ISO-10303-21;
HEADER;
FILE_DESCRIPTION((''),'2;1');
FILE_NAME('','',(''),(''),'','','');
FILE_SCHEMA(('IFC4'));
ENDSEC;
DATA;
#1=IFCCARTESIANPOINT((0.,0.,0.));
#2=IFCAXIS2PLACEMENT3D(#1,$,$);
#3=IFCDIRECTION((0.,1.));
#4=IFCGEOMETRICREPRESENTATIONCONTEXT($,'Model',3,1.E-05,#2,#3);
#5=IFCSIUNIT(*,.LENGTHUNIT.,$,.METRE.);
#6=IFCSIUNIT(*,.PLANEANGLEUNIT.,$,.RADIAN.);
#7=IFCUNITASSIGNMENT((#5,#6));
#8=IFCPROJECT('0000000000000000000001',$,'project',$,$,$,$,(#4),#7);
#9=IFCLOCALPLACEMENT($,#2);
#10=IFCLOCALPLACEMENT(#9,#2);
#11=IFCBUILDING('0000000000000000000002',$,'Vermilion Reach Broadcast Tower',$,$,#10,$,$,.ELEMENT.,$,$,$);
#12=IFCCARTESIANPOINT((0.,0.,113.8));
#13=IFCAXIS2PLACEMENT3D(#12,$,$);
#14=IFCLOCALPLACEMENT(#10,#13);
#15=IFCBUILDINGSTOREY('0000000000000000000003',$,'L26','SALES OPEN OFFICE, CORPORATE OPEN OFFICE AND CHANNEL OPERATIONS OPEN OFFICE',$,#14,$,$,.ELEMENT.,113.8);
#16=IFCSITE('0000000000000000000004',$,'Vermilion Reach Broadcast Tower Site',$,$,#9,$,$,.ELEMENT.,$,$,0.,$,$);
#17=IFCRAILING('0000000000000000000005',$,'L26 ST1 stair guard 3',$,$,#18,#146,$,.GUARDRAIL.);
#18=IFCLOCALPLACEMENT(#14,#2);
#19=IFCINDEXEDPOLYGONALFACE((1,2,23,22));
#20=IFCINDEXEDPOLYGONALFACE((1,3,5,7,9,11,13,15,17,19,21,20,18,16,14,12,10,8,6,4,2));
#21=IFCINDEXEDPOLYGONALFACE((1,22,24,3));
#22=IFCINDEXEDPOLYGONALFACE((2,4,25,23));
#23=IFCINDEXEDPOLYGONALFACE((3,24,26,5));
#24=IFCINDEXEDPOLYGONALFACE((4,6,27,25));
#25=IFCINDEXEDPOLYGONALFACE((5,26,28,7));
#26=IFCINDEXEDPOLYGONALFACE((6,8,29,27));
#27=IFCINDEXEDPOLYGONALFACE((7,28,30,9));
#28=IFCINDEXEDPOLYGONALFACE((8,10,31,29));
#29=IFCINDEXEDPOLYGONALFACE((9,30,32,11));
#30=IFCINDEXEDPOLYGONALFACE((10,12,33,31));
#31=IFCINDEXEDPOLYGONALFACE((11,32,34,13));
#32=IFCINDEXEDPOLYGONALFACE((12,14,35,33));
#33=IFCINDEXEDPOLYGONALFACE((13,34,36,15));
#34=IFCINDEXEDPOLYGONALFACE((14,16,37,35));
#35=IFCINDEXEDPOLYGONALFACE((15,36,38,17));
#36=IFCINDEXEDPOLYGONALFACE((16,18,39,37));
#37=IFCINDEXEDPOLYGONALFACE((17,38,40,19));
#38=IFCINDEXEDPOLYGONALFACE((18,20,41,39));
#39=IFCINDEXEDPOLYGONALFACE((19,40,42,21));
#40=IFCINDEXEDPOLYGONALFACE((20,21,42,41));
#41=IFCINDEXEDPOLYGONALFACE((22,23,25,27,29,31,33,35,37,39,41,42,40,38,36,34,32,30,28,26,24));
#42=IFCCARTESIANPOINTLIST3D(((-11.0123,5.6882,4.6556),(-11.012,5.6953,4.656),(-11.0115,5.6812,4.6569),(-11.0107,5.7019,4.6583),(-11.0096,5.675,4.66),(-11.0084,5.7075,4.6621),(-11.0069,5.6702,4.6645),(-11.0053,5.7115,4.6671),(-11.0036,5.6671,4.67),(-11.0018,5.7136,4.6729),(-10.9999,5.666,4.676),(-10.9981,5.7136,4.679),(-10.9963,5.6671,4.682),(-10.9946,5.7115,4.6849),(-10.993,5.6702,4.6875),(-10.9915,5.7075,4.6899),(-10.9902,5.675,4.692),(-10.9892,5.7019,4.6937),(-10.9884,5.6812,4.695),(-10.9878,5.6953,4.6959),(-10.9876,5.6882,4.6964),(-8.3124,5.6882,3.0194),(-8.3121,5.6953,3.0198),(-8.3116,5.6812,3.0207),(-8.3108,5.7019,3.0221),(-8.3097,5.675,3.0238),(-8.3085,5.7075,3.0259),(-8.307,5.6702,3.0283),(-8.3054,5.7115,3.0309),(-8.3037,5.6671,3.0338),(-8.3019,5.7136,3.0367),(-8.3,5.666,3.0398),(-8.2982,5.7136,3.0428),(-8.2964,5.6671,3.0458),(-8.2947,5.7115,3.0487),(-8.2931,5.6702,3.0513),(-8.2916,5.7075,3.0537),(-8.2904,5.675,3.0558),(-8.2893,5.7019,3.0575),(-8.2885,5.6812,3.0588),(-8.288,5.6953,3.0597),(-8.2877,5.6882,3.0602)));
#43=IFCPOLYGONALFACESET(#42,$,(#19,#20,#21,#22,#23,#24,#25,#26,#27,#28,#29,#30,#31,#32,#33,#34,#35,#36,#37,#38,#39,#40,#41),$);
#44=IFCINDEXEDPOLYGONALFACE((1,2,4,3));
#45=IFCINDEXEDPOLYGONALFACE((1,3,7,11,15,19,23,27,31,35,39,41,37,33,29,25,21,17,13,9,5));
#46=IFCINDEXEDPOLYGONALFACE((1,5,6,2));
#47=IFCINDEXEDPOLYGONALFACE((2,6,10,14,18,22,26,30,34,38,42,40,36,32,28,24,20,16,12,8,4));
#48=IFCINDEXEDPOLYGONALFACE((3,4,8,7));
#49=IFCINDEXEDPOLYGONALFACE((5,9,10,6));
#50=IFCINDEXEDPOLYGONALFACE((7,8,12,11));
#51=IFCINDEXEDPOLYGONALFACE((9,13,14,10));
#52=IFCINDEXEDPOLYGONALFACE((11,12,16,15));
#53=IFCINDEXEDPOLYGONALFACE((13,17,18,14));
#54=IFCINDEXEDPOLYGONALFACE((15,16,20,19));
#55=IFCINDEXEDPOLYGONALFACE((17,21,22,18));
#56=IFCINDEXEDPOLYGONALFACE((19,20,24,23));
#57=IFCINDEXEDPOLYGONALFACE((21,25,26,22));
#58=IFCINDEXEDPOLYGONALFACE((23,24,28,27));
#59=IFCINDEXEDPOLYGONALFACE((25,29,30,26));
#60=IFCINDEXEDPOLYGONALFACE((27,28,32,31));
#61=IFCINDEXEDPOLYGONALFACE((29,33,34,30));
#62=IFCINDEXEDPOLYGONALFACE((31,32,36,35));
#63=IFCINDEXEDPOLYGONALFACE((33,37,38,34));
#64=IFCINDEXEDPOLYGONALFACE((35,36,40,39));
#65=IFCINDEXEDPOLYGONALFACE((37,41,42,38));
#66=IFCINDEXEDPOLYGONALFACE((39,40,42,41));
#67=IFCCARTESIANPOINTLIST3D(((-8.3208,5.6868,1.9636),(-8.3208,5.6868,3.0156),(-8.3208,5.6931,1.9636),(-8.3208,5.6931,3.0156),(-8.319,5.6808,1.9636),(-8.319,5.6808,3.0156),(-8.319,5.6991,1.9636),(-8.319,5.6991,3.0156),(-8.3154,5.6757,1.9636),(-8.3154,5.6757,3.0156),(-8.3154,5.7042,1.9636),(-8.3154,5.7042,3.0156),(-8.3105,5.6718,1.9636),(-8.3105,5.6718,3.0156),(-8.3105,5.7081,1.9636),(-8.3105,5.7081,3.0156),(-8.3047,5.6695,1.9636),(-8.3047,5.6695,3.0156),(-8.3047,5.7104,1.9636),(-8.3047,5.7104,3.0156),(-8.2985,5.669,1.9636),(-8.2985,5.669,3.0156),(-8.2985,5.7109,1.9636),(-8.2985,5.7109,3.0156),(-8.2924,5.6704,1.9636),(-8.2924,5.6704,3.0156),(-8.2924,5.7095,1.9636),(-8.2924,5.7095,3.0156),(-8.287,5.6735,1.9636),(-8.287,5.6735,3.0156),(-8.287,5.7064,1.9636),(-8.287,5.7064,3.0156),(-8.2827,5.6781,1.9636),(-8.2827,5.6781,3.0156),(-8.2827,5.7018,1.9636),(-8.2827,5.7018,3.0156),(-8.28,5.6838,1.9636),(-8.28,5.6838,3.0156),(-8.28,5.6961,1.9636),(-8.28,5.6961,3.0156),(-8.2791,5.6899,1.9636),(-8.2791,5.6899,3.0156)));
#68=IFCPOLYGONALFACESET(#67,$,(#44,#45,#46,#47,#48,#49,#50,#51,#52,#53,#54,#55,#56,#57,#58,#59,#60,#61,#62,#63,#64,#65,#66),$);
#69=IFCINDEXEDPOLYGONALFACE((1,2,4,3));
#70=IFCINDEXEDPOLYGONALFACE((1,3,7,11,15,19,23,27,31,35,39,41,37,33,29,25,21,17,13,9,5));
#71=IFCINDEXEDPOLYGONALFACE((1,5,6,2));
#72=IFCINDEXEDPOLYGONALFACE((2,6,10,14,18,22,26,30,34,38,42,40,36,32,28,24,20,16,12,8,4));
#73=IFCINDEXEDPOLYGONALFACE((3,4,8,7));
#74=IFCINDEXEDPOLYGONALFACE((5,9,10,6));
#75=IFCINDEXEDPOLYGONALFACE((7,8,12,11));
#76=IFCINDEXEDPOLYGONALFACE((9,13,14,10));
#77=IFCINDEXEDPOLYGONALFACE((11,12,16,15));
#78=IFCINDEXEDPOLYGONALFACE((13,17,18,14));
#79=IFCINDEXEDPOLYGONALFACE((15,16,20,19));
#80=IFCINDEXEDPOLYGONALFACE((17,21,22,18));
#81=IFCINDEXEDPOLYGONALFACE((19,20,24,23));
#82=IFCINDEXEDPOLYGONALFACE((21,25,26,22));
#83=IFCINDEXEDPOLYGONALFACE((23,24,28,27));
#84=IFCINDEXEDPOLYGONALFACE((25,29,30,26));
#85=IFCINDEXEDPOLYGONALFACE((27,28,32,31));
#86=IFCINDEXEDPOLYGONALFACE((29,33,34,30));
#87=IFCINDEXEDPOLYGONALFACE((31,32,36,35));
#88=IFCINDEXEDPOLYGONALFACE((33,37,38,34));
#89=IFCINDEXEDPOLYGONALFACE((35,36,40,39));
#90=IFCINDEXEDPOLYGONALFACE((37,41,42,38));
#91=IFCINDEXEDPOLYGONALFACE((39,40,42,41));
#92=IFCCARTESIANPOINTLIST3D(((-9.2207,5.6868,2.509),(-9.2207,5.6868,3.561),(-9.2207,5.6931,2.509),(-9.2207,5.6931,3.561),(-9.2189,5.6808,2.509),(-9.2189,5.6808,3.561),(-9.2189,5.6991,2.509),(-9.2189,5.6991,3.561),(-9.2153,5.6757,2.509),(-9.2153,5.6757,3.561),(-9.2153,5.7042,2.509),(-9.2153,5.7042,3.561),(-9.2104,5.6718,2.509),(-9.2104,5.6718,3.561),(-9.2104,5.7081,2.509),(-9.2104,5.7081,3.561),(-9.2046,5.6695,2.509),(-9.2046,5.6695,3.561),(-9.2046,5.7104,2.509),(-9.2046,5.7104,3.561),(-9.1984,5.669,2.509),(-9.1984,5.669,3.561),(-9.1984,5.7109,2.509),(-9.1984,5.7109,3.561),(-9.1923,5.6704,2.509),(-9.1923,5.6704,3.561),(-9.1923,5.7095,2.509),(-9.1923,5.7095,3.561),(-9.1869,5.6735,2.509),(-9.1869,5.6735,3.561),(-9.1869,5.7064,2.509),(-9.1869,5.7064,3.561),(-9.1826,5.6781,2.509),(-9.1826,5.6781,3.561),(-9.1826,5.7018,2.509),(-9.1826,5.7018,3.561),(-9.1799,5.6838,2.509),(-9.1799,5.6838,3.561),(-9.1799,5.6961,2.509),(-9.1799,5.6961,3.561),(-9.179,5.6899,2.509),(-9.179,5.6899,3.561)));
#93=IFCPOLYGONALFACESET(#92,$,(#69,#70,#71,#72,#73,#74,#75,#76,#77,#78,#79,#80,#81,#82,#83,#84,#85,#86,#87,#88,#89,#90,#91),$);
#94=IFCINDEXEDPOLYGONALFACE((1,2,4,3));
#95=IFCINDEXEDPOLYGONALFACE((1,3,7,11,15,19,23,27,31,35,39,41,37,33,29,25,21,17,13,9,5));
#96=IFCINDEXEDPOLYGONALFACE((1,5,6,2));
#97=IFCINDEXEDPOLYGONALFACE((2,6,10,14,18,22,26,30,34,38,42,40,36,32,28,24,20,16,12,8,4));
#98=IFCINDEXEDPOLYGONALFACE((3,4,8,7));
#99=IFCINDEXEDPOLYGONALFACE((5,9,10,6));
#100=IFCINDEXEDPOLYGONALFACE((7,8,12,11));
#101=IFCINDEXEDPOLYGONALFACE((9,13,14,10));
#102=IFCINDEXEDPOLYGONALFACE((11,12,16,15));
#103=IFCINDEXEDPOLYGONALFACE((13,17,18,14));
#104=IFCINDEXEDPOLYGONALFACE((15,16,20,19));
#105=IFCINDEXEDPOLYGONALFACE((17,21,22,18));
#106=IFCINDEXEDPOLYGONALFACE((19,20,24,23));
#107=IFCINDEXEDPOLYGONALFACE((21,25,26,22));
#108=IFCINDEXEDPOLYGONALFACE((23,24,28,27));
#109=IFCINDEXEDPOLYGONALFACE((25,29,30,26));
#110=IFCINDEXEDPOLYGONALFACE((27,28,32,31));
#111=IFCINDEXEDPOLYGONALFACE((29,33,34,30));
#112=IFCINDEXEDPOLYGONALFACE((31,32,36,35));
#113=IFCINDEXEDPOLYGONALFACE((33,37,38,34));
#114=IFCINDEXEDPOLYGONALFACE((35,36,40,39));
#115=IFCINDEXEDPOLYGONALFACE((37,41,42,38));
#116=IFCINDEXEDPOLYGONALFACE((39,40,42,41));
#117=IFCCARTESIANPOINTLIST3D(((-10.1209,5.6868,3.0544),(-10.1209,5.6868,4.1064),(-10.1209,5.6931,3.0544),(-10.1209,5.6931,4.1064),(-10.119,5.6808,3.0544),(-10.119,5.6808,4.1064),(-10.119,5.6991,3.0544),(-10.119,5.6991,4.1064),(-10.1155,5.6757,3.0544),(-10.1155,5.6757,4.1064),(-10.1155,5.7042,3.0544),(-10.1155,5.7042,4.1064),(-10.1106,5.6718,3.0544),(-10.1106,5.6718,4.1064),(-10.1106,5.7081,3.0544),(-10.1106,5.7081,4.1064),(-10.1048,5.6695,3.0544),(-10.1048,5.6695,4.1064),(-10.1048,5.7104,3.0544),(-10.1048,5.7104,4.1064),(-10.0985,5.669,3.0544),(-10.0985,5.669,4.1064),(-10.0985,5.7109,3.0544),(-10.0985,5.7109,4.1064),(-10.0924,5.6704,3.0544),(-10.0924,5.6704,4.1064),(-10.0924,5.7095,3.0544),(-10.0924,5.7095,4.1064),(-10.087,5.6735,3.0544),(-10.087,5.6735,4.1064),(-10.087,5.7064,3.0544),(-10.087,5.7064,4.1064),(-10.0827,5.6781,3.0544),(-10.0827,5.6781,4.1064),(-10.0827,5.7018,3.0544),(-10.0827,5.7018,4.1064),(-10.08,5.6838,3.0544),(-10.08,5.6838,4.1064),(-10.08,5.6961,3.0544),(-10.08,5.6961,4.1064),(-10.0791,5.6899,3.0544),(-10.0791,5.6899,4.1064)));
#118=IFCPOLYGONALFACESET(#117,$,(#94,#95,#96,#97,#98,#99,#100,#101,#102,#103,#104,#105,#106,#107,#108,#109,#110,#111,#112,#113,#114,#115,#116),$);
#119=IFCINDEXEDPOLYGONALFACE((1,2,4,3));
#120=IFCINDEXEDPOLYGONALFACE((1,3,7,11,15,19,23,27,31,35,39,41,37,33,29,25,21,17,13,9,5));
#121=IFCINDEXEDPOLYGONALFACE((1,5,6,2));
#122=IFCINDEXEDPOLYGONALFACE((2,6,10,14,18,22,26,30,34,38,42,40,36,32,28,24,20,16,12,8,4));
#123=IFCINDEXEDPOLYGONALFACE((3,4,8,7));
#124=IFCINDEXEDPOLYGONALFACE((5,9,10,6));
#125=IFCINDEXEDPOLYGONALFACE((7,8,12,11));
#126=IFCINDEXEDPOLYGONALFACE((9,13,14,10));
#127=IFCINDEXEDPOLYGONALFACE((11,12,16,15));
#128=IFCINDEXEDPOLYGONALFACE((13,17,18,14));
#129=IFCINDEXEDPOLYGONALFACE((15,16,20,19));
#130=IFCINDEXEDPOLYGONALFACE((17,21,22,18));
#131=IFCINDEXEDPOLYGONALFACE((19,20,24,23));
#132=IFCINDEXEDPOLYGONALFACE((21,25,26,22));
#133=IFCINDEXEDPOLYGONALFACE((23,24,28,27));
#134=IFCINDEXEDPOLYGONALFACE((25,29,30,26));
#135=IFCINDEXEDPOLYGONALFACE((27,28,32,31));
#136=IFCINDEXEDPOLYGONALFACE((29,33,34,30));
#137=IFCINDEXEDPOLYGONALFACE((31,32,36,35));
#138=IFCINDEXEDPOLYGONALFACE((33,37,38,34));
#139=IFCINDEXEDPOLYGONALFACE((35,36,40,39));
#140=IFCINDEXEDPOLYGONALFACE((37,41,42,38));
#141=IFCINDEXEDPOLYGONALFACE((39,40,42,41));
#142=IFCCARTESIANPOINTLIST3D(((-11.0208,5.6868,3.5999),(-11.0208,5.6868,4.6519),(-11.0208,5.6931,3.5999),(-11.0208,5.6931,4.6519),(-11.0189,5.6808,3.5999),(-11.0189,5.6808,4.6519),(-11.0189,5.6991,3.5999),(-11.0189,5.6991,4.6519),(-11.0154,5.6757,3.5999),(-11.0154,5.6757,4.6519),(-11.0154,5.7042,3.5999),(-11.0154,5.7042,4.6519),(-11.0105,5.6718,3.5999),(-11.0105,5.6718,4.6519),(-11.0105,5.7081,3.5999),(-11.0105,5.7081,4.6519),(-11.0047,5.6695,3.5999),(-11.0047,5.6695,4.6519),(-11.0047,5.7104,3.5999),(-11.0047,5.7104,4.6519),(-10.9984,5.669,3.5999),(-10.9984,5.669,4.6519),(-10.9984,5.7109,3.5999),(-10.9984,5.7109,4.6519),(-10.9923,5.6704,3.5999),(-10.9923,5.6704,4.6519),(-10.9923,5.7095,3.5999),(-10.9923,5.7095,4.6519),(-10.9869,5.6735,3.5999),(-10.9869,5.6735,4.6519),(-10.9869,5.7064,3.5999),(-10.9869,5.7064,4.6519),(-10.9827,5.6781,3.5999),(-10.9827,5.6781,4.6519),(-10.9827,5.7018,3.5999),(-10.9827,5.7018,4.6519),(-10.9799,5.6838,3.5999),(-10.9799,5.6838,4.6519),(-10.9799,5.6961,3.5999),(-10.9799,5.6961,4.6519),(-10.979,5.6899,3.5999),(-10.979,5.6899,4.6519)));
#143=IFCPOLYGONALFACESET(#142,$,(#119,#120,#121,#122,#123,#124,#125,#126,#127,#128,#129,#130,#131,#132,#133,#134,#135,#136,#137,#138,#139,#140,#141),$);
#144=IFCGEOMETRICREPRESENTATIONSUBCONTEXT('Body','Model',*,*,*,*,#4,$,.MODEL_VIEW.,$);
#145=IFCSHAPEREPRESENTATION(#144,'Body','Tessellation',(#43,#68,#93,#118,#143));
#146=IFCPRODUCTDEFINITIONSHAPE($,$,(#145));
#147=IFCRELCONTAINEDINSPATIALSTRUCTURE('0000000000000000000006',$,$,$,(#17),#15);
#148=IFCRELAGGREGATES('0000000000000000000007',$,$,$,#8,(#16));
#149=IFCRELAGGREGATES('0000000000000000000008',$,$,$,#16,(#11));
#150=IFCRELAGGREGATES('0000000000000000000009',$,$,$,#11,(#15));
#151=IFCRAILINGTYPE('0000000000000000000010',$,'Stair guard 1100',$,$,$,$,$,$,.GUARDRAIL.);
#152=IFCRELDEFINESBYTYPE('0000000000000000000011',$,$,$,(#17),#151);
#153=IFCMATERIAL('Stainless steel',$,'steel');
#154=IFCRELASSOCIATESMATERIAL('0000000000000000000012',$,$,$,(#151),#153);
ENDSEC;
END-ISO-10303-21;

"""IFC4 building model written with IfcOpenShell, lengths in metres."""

from ifc_helpers import new_model, si_unit, direction, frame, origin, origin_2d, place, context, subcontext, project, spatial, circle, extrude, material, type_object, element, save


model = new_model("IFC4")

# Units and contexts
model_context = context("Model", 3, precision=1e-05, world=origin(), true_north=direction((0.0, 1.0)))
body_context = subcontext(model_context, "Body", "Model", "MODEL_VIEW")
ifc_project = project(units=[si_unit("LENGTHUNIT", "METRE"), si_unit("PLANEANGLEUNIT", "RADIAN")], contexts=[model_context])

# Site, building, storey
site_placement = place(None, origin())
site = spatial("IfcSite", under=ifc_project, at=site_placement, Name="Vermilion Reach Broadcast Tower Site", CompositionType="ELEMENT", RefElevation=0.0)
building_placement = place(site_placement, origin())
building = spatial("IfcBuilding", under=site, at=building_placement, Name="Vermilion Reach Broadcast Tower", CompositionType="ELEMENT")
storey_placement = place(building_placement, frame((0.0, 0.0, 113.8)))
storey = spatial("IfcBuildingStorey", under=building, at=storey_placement, Name="L26", Description="SALES OPEN OFFICE, CORPORATE OPEN OFFICE AND CHANNEL OPERATIONS OPEN OFFICE", CompositionType="ELEMENT", Elevation=113.8)

# Railing
ifc_material_1 = material(Name="Stainless steel", Category="steel")
railing_type_1 = type_object("IfcRailingType", Name="Stair guard 1100", PredefinedType="GUARDRAIL", material=ifc_material_1)
railing_1_placement = place(storey_placement, frame((-8.3, 5.6899, 1.9636)))
element("IfcRailing", 1, at=railing_1_placement, inside=storey, type_object=railing_type_1, Name="L26 ST1 stair guard 3", PredefinedType="GUARDRAIL", context=body_context, shape_type="SweptSolid", body=[
    extrude(circle(Radius=0.0239, at=origin_2d()), frame((0.0, 0.0, 1.0762), z_axis=(-0.855212, 0.0, 0.518278), x_axis=(0.0, -1.0, 0.0)), (0.0, 0.0, 1.0), 3.157),
    extrude(circle(Radius=0.021, at=origin_2d()), origin(), (0.0, 0.0, 1.0), 1.052),
    extrude(circle(Radius=0.021, at=origin_2d()), frame((-0.8999, 0.0, 0.5454)), (0.0, 0.0, 1.0), 1.052),
    extrude(circle(Radius=0.021, at=origin_2d()), frame((-1.8, 0.0, 1.0908)), (0.0, 0.0, 1.0), 1.052),
    extrude(circle(Radius=0.021, at=origin_2d()), frame((-2.7, 0.0, 1.6362)), (0.0, 0.0, 1.0), 1.052),
])

save(model, "model.ifc")
